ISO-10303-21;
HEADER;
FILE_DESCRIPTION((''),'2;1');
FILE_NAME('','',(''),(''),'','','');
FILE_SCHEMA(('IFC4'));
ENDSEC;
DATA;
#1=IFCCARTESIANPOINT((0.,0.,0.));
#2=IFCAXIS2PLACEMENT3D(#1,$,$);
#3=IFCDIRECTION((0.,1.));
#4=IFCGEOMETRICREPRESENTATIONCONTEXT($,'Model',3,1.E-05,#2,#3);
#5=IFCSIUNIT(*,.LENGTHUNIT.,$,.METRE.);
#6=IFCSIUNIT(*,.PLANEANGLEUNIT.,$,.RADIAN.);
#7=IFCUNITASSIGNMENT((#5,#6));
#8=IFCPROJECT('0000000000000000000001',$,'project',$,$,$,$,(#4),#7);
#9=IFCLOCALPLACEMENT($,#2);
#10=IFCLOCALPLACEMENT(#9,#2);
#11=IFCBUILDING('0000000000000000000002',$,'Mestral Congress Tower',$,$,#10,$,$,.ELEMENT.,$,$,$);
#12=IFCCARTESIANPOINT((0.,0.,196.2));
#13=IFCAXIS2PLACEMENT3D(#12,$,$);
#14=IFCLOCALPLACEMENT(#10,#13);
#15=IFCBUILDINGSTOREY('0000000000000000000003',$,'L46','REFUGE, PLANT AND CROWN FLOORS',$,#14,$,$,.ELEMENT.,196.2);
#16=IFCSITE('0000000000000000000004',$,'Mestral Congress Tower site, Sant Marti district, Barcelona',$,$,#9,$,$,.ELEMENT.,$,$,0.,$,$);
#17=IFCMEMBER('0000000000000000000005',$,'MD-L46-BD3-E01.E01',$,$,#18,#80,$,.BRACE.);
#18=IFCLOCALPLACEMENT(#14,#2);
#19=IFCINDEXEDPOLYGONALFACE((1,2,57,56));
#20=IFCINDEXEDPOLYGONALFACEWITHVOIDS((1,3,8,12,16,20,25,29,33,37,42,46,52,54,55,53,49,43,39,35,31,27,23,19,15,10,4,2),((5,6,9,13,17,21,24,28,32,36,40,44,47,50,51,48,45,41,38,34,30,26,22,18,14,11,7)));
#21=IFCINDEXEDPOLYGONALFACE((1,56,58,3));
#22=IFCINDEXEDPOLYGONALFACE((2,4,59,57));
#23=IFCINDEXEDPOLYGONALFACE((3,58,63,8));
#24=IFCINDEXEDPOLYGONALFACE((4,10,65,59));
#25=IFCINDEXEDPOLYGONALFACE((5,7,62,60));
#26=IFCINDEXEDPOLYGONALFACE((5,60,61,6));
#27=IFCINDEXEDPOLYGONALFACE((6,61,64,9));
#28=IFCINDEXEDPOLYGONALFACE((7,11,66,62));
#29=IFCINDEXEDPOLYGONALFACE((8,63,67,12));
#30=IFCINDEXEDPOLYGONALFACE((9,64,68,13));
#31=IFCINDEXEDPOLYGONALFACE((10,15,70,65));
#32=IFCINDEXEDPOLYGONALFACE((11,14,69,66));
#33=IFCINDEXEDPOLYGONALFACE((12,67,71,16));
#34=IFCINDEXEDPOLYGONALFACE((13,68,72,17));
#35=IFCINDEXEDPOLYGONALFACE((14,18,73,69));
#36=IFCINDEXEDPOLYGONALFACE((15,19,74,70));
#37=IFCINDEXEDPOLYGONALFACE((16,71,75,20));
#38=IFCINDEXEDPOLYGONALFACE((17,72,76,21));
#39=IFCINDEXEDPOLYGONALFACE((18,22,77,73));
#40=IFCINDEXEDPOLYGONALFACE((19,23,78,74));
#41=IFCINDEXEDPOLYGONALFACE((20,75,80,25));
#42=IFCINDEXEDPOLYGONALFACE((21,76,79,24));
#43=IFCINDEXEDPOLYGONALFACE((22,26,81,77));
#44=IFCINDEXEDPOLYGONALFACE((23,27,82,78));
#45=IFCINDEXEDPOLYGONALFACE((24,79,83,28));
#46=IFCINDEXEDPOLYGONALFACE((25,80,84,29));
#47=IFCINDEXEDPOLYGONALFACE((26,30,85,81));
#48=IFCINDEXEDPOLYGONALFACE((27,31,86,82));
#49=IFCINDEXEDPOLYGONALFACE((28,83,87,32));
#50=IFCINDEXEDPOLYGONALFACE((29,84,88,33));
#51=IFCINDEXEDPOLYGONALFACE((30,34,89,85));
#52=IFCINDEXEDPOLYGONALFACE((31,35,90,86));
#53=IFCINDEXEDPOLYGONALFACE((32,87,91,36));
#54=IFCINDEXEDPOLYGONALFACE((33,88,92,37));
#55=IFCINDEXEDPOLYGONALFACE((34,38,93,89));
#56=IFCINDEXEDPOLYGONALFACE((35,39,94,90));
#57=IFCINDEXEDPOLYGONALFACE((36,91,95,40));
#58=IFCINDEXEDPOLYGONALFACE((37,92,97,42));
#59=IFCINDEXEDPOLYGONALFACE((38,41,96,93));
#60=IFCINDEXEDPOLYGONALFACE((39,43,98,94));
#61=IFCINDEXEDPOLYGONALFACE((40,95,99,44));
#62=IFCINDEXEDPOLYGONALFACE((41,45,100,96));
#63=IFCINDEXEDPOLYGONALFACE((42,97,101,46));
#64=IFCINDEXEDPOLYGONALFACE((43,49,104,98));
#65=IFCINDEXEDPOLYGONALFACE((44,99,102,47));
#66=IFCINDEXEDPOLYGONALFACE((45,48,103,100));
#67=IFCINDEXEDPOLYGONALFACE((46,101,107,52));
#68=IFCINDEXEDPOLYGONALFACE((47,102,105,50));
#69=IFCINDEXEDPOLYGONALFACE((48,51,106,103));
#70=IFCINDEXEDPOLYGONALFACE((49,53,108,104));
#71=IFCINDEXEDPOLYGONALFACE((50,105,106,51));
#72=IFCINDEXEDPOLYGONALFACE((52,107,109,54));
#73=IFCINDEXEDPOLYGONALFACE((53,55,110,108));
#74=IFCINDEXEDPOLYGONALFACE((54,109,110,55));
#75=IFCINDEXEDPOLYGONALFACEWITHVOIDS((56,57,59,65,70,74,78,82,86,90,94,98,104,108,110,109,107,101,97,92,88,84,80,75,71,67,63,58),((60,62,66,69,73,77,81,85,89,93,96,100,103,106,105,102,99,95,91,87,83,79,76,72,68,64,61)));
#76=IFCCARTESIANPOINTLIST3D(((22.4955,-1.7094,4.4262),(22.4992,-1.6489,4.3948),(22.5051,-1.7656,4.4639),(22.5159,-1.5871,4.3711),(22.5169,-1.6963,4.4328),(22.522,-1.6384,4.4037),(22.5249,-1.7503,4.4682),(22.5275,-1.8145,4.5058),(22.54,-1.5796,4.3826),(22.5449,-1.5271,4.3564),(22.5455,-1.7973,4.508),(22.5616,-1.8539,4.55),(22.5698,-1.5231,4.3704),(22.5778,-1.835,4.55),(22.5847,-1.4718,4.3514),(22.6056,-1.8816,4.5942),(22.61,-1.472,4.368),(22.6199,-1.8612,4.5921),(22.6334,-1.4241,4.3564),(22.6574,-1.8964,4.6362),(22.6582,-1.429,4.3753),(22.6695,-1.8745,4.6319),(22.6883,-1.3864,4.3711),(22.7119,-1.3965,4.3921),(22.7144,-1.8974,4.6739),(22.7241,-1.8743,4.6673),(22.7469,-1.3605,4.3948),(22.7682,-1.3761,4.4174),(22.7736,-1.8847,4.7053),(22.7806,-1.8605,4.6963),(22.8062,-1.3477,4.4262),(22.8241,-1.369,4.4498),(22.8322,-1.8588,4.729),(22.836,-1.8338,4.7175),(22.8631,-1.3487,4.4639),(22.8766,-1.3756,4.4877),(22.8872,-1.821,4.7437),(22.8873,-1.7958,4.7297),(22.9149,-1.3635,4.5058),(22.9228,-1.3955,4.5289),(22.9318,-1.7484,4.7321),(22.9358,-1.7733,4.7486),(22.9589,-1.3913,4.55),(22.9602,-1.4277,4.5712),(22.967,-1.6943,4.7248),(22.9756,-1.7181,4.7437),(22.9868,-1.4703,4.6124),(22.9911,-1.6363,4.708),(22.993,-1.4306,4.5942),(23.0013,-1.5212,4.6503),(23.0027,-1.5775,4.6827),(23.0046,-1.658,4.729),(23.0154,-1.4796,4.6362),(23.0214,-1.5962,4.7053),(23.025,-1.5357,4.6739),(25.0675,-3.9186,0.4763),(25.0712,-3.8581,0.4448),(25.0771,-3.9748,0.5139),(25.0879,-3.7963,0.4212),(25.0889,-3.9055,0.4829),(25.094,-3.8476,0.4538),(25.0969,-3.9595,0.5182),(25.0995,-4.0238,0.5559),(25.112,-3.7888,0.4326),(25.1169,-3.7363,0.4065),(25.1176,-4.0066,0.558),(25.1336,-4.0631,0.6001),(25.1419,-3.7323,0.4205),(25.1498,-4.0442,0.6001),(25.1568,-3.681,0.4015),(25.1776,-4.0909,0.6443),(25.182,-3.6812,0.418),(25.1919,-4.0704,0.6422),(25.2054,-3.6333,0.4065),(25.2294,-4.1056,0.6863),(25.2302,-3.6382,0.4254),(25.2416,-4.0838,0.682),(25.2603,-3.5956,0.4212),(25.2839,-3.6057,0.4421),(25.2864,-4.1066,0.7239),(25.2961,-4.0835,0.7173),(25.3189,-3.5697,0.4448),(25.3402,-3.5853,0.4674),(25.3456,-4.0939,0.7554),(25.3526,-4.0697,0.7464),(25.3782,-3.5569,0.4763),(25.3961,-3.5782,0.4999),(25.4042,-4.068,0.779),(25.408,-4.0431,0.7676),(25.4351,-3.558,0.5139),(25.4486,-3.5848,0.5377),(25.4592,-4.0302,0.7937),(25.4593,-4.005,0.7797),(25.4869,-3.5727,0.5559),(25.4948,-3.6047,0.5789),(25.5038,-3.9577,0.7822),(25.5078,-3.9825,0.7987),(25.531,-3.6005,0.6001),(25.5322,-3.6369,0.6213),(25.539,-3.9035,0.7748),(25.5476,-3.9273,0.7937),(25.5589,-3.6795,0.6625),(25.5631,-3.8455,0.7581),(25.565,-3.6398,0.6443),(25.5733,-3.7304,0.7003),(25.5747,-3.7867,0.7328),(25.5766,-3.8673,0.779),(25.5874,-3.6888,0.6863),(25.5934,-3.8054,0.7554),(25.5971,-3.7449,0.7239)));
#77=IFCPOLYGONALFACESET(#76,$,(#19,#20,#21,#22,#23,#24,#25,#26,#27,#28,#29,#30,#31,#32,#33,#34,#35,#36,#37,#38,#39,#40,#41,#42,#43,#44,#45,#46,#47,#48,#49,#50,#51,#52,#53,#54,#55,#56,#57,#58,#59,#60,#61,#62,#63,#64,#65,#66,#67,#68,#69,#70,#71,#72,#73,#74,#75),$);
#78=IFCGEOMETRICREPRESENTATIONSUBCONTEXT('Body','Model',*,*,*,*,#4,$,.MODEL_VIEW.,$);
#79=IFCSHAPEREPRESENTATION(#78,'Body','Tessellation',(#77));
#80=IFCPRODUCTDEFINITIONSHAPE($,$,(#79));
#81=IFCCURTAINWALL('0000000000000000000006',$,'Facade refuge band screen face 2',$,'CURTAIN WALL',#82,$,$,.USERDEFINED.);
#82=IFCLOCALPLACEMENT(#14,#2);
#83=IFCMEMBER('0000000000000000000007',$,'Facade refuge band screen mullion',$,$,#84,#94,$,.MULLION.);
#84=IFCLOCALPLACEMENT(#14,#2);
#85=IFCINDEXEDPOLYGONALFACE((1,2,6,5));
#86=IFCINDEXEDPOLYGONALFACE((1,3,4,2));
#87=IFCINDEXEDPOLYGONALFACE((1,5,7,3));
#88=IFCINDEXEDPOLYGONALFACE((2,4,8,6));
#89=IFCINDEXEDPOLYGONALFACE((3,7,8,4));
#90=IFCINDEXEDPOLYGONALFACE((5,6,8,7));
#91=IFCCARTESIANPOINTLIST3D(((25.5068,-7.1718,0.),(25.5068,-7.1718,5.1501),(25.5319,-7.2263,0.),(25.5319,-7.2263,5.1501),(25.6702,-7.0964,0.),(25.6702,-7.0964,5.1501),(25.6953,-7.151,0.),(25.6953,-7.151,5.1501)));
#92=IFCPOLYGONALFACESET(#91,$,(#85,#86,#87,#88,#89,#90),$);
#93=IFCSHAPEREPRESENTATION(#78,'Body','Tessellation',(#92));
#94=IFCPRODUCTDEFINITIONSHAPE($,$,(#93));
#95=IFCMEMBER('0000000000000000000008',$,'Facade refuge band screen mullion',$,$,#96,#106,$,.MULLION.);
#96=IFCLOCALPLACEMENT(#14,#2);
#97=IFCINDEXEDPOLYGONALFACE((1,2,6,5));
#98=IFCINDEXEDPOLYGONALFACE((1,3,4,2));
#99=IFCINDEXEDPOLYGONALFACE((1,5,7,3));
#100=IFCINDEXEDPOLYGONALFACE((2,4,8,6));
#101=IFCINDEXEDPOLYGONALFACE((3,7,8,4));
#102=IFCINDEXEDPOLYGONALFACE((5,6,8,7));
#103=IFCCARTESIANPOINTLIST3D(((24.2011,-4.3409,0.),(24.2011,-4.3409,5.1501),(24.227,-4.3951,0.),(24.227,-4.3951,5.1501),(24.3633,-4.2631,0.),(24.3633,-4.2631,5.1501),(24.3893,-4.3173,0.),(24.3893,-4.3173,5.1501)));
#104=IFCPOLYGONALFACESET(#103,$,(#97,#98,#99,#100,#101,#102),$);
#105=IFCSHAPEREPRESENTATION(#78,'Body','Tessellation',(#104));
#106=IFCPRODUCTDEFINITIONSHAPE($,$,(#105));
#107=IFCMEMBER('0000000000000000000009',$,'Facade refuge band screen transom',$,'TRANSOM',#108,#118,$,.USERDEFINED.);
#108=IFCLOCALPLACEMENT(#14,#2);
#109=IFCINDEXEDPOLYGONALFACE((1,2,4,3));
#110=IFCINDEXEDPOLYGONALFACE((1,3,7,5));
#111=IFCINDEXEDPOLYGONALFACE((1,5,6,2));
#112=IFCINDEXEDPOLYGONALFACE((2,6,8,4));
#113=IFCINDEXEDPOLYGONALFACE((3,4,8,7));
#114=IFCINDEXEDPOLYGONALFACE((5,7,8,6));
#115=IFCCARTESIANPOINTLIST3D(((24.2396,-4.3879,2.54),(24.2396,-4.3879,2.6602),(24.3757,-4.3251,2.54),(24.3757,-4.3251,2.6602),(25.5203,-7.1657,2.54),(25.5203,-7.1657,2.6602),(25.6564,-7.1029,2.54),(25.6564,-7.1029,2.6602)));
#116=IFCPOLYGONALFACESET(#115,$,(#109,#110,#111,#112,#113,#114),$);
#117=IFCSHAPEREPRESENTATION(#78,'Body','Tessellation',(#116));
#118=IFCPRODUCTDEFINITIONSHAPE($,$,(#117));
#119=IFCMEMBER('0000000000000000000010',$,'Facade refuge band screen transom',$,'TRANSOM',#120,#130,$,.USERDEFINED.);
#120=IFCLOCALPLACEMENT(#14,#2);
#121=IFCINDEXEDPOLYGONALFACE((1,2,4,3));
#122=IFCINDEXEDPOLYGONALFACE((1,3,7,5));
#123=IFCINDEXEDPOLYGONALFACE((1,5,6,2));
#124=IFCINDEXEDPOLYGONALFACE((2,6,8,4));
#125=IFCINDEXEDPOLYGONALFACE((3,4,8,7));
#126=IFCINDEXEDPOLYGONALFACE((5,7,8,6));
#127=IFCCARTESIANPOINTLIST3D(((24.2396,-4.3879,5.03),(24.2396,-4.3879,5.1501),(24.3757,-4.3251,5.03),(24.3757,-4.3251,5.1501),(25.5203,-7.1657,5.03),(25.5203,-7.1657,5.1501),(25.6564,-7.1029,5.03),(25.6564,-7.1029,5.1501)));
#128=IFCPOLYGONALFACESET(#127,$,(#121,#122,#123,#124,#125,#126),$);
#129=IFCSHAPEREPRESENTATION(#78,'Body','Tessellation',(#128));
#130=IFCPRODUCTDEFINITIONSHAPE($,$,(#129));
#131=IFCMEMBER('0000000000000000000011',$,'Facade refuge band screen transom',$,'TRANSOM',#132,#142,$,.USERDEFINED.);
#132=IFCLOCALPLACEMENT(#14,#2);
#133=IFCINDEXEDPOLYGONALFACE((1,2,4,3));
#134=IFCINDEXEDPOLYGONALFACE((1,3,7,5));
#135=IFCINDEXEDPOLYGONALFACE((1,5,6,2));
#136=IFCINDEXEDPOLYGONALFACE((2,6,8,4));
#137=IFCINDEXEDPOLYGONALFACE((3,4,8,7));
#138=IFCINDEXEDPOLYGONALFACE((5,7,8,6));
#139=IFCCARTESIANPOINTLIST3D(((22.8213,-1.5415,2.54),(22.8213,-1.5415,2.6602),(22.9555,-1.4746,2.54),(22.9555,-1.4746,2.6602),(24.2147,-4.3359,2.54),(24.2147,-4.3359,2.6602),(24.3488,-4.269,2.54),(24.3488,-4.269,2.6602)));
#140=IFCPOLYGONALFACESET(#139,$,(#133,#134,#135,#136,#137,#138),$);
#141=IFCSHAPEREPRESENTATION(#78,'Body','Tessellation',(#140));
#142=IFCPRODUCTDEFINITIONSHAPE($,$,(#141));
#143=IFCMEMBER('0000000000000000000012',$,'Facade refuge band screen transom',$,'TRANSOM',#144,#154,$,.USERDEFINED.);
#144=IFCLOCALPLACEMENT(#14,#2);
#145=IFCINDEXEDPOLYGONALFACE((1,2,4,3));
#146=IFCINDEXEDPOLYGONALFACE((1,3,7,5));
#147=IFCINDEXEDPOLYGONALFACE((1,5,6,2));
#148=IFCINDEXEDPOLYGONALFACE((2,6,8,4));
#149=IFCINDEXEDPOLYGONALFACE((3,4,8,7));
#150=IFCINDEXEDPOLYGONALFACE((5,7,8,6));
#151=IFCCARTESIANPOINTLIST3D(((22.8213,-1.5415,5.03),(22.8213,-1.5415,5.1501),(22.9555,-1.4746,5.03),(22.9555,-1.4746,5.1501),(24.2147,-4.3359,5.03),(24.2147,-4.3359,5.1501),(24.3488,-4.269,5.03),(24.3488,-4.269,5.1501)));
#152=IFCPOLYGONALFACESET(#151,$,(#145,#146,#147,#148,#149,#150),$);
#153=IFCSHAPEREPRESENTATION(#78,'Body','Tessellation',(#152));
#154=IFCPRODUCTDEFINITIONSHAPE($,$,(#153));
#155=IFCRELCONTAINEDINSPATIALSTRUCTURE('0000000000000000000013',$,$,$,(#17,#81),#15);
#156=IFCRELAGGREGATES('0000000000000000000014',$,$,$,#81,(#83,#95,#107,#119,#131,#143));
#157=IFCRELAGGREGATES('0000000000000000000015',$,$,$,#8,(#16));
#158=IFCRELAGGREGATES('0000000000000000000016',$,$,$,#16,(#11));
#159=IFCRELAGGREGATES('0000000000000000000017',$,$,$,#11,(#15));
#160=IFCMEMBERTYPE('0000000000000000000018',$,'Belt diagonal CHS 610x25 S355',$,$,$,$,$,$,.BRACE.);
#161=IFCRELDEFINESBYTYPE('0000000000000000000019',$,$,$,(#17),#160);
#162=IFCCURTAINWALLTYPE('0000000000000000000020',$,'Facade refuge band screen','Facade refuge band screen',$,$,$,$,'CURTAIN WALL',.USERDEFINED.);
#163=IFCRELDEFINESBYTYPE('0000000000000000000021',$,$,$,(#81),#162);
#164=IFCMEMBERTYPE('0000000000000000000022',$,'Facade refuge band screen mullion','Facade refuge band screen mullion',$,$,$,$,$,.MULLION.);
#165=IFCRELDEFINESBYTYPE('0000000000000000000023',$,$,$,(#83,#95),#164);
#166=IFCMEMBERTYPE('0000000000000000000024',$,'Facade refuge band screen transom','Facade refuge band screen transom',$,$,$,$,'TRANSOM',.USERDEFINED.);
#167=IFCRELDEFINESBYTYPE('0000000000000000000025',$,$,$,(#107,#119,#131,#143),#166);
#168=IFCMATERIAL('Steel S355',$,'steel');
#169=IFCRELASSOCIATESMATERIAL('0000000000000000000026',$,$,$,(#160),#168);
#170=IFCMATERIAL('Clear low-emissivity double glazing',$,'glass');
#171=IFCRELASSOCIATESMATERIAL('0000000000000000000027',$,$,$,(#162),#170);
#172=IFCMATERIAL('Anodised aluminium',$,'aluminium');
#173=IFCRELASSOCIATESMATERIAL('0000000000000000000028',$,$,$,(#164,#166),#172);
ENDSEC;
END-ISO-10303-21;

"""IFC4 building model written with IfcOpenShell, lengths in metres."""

from ifc_helpers import new_model, si_unit, direction, frame, origin, origin_2d, place, context, subcontext, project, spatial, rectangle, hollow_circle, extrude, material, material_profile, profile_set, type_object, element, aggregate, save


model = new_model("IFC4")

# Units and contexts
model_context = context("Model", 3, precision=1e-05, world=origin(), true_north=direction((0.0, 1.0)))
body_context = subcontext(model_context, "Body", "Model", "MODEL_VIEW")
ifc_project = project(units=[si_unit("LENGTHUNIT", "METRE"), si_unit("PLANEANGLEUNIT", "RADIAN")], contexts=[model_context])

# Site, building, storey
site_placement = place(None, origin())
site = spatial("IfcSite", under=ifc_project, at=site_placement, Name="Mestral Congress Tower site, Sant Marti district, Barcelona", CompositionType="ELEMENT", RefElevation=0.0)
building_placement = place(site_placement, origin())
building = spatial("IfcBuilding", under=site, at=building_placement, Name="Mestral Congress Tower", CompositionType="ELEMENT")
storey_placement = place(building_placement, frame((0.0, 0.0, 196.2)))
storey = spatial("IfcBuildingStorey", under=building, at=storey_placement, Name="L46", Description="REFUGE, PLANT AND CROWN FLOORS", CompositionType="ELEMENT", Elevation=196.2)

# Member
ifc_material_1 = material(Name="Steel S355", Category="steel")
ifc_material_profile_1 = material_profile(ifc_material_1, hollow_circle(Radius=0.3049, WallThickness=0.0249, at=origin_2d()), Name="CHS 610x25")
ifc_profile_set_1 = profile_set([ifc_material_profile_1], Name="Steel S355")
member_type_1 = type_object("IfcMemberType", Name="Belt diagonal CHS 610x25 S355", PredefinedType="BRACE", material=ifc_profile_set_1)
member_1_placement = place(storey_placement, frame((25.3323, -3.8318, 0.6001), z_axis=(-0.494089, 0.424396, 0.758791), x_axis=(-0.65158, -0.75858, 0.0)))
element("IfcMember", 1, at=member_1_placement, inside=storey, type_object=member_type_1, Name="MD-L46-BD3-E01.E01", PredefinedType="BRACE", context=body_context, shape_type="SweptSolid", body=[
    extrude(hollow_circle(Radius=0.3049, WallThickness=0.0249, at=origin_2d()), origin(), (0.0, 0.0, 1.0), 5.2056),
])

# Curtain wall, members
ifc_material_2 = material(Name="Clear low-emissivity double glazing", Category="glass")
curtain_wall_type = type_object("IfcCurtainWallType", Name="Facade refuge band screen", Description="Facade refuge band screen", ElementType="CURTAIN WALL", PredefinedType="USERDEFINED", material=ifc_material_2)
curtain_wall_placement = place(storey_placement, origin())
curtain_wall = element("IfcCurtainWall", 2, at=curtain_wall_placement, inside=storey, type_object=curtain_wall_type, Name="Facade refuge band screen face 2", ObjectType="CURTAIN WALL", PredefinedType="USERDEFINED")
ifc_material_3 = material(Name="Anodised aluminium", Category="aluminium")
ifc_material_profile_2 = material_profile(ifc_material_3, rectangle(XDim=0.1799, YDim=0.0601, at=origin_2d()), Name="CW3 mullion 180 x 60")
ifc_profile_set_2 = profile_set([ifc_material_profile_2], Name="Anodised aluminium")
member_type_2 = type_object("IfcMemberType", Name="Facade refuge band screen mullion", Description="Facade refuge band screen mullion", PredefinedType="MULLION", material=ifc_profile_set_2)
member_2_placement = place(storey_placement, frame((25.6011, -7.1614, 0.0), z_axis=(0.0, 0.0, 1.0), x_axis=(0.90812, 0.41871, 0.0)))
member_2 = element("IfcMember", 3, at=member_2_placement, type_object=member_type_2, Name="Facade refuge band screen mullion", PredefinedType="MULLION", context=body_context, shape_type="SweptSolid", body=[
    extrude(rectangle(XDim=0.1799, YDim=0.0601, at=origin_2d()), origin(), (0.0, 0.0, 1.0), 5.1501),
])
member_3_placement = place(storey_placement, frame((24.2952, -4.3291, 0.0), z_axis=(0.0, 0.0, 1.0), x_axis=(0.901624, 0.432522, 0.0)))
member_3 = element("IfcMember", 4, at=member_3_placement, type_object=member_type_2, Name="Facade refuge band screen mullion", PredefinedType="MULLION", context=body_context, shape_type="SweptSolid", body=[
    extrude(rectangle(XDim=0.1799, YDim=0.0601, at=origin_2d()), origin(), (0.0, 0.0, 1.0), 5.1501),
])
ifc_material_profile_3 = material_profile(ifc_material_3, rectangle(XDim=0.1499, YDim=0.1201, at=origin_2d()), Name="CW3 transom 150 x 120")
ifc_profile_set_3 = profile_set([ifc_material_profile_3], Name="Anodised aluminium")
member_type_3 = type_object("IfcMemberType", Name="Facade refuge band screen transom", Description="Facade refuge band screen transom", ElementType="TRANSOM", PredefinedType="USERDEFINED", material=ifc_profile_set_3)
member_4_placement = place(storey_placement, frame((25.5884, -7.1343, 2.6001), z_axis=(-0.418704, 0.908123, 0.0), x_axis=(-0.908123, -0.418704, 0.0)))
member_4 = element("IfcMember", 5, at=member_4_placement, type_object=member_type_3, Name="Facade refuge band screen transom", ObjectType="TRANSOM", PredefinedType="USERDEFINED", context=body_context, shape_type="SweptSolid", body=[
    extrude(rectangle(XDim=0.1499, YDim=0.1201, at=origin_2d()), origin(), (0.0, 0.0, 1.0), 3.0588),
])
member_5_placement = place(storey_placement, frame((25.5884, -7.1343, 5.0901), z_axis=(-0.418704, 0.908123, 0.0), x_axis=(-0.908123, -0.418704, 0.0)))
member_5 = element("IfcMember", 6, at=member_5_placement, type_object=member_type_3, Name="Facade refuge band screen transom", ObjectType="TRANSOM", PredefinedType="USERDEFINED", context=body_context, shape_type="SweptSolid", body=[
    extrude(rectangle(XDim=0.1499, YDim=0.1201, at=origin_2d()), origin(), (0.0, 0.0, 1.0), 3.0588),
])
member_6_placement = place(storey_placement, frame((24.2817, -4.3025, 2.6001), z_axis=(-0.446213, 0.894927, 0.0), x_axis=(-0.894927, -0.446213, 0.0)))
member_6 = element("IfcMember", 7, at=member_6_placement, type_object=member_type_3, Name="Facade refuge band screen transom", ObjectType="TRANSOM", PredefinedType="USERDEFINED", context=body_context, shape_type="SweptSolid", body=[
    extrude(rectangle(XDim=0.1499, YDim=0.1201, at=origin_2d()), origin(), (0.0, 0.0, 1.0), 3.1226),
])
member_7_placement = place(storey_placement, frame((24.2817, -4.3025, 5.0901), z_axis=(-0.446213, 0.894927, 0.0), x_axis=(-0.894927, -0.446213, 0.0)))
member_7 = element("IfcMember", 8, at=member_7_placement, type_object=member_type_3, Name="Facade refuge band screen transom", ObjectType="TRANSOM", PredefinedType="USERDEFINED", context=body_context, shape_type="SweptSolid", body=[
    extrude(rectangle(XDim=0.1499, YDim=0.1201, at=origin_2d()), origin(), (0.0, 0.0, 1.0), 3.1226),
])

aggregate(curtain_wall, [member_2, member_3, member_4, member_5, member_6, member_7])

save(model, "model.ifc")
